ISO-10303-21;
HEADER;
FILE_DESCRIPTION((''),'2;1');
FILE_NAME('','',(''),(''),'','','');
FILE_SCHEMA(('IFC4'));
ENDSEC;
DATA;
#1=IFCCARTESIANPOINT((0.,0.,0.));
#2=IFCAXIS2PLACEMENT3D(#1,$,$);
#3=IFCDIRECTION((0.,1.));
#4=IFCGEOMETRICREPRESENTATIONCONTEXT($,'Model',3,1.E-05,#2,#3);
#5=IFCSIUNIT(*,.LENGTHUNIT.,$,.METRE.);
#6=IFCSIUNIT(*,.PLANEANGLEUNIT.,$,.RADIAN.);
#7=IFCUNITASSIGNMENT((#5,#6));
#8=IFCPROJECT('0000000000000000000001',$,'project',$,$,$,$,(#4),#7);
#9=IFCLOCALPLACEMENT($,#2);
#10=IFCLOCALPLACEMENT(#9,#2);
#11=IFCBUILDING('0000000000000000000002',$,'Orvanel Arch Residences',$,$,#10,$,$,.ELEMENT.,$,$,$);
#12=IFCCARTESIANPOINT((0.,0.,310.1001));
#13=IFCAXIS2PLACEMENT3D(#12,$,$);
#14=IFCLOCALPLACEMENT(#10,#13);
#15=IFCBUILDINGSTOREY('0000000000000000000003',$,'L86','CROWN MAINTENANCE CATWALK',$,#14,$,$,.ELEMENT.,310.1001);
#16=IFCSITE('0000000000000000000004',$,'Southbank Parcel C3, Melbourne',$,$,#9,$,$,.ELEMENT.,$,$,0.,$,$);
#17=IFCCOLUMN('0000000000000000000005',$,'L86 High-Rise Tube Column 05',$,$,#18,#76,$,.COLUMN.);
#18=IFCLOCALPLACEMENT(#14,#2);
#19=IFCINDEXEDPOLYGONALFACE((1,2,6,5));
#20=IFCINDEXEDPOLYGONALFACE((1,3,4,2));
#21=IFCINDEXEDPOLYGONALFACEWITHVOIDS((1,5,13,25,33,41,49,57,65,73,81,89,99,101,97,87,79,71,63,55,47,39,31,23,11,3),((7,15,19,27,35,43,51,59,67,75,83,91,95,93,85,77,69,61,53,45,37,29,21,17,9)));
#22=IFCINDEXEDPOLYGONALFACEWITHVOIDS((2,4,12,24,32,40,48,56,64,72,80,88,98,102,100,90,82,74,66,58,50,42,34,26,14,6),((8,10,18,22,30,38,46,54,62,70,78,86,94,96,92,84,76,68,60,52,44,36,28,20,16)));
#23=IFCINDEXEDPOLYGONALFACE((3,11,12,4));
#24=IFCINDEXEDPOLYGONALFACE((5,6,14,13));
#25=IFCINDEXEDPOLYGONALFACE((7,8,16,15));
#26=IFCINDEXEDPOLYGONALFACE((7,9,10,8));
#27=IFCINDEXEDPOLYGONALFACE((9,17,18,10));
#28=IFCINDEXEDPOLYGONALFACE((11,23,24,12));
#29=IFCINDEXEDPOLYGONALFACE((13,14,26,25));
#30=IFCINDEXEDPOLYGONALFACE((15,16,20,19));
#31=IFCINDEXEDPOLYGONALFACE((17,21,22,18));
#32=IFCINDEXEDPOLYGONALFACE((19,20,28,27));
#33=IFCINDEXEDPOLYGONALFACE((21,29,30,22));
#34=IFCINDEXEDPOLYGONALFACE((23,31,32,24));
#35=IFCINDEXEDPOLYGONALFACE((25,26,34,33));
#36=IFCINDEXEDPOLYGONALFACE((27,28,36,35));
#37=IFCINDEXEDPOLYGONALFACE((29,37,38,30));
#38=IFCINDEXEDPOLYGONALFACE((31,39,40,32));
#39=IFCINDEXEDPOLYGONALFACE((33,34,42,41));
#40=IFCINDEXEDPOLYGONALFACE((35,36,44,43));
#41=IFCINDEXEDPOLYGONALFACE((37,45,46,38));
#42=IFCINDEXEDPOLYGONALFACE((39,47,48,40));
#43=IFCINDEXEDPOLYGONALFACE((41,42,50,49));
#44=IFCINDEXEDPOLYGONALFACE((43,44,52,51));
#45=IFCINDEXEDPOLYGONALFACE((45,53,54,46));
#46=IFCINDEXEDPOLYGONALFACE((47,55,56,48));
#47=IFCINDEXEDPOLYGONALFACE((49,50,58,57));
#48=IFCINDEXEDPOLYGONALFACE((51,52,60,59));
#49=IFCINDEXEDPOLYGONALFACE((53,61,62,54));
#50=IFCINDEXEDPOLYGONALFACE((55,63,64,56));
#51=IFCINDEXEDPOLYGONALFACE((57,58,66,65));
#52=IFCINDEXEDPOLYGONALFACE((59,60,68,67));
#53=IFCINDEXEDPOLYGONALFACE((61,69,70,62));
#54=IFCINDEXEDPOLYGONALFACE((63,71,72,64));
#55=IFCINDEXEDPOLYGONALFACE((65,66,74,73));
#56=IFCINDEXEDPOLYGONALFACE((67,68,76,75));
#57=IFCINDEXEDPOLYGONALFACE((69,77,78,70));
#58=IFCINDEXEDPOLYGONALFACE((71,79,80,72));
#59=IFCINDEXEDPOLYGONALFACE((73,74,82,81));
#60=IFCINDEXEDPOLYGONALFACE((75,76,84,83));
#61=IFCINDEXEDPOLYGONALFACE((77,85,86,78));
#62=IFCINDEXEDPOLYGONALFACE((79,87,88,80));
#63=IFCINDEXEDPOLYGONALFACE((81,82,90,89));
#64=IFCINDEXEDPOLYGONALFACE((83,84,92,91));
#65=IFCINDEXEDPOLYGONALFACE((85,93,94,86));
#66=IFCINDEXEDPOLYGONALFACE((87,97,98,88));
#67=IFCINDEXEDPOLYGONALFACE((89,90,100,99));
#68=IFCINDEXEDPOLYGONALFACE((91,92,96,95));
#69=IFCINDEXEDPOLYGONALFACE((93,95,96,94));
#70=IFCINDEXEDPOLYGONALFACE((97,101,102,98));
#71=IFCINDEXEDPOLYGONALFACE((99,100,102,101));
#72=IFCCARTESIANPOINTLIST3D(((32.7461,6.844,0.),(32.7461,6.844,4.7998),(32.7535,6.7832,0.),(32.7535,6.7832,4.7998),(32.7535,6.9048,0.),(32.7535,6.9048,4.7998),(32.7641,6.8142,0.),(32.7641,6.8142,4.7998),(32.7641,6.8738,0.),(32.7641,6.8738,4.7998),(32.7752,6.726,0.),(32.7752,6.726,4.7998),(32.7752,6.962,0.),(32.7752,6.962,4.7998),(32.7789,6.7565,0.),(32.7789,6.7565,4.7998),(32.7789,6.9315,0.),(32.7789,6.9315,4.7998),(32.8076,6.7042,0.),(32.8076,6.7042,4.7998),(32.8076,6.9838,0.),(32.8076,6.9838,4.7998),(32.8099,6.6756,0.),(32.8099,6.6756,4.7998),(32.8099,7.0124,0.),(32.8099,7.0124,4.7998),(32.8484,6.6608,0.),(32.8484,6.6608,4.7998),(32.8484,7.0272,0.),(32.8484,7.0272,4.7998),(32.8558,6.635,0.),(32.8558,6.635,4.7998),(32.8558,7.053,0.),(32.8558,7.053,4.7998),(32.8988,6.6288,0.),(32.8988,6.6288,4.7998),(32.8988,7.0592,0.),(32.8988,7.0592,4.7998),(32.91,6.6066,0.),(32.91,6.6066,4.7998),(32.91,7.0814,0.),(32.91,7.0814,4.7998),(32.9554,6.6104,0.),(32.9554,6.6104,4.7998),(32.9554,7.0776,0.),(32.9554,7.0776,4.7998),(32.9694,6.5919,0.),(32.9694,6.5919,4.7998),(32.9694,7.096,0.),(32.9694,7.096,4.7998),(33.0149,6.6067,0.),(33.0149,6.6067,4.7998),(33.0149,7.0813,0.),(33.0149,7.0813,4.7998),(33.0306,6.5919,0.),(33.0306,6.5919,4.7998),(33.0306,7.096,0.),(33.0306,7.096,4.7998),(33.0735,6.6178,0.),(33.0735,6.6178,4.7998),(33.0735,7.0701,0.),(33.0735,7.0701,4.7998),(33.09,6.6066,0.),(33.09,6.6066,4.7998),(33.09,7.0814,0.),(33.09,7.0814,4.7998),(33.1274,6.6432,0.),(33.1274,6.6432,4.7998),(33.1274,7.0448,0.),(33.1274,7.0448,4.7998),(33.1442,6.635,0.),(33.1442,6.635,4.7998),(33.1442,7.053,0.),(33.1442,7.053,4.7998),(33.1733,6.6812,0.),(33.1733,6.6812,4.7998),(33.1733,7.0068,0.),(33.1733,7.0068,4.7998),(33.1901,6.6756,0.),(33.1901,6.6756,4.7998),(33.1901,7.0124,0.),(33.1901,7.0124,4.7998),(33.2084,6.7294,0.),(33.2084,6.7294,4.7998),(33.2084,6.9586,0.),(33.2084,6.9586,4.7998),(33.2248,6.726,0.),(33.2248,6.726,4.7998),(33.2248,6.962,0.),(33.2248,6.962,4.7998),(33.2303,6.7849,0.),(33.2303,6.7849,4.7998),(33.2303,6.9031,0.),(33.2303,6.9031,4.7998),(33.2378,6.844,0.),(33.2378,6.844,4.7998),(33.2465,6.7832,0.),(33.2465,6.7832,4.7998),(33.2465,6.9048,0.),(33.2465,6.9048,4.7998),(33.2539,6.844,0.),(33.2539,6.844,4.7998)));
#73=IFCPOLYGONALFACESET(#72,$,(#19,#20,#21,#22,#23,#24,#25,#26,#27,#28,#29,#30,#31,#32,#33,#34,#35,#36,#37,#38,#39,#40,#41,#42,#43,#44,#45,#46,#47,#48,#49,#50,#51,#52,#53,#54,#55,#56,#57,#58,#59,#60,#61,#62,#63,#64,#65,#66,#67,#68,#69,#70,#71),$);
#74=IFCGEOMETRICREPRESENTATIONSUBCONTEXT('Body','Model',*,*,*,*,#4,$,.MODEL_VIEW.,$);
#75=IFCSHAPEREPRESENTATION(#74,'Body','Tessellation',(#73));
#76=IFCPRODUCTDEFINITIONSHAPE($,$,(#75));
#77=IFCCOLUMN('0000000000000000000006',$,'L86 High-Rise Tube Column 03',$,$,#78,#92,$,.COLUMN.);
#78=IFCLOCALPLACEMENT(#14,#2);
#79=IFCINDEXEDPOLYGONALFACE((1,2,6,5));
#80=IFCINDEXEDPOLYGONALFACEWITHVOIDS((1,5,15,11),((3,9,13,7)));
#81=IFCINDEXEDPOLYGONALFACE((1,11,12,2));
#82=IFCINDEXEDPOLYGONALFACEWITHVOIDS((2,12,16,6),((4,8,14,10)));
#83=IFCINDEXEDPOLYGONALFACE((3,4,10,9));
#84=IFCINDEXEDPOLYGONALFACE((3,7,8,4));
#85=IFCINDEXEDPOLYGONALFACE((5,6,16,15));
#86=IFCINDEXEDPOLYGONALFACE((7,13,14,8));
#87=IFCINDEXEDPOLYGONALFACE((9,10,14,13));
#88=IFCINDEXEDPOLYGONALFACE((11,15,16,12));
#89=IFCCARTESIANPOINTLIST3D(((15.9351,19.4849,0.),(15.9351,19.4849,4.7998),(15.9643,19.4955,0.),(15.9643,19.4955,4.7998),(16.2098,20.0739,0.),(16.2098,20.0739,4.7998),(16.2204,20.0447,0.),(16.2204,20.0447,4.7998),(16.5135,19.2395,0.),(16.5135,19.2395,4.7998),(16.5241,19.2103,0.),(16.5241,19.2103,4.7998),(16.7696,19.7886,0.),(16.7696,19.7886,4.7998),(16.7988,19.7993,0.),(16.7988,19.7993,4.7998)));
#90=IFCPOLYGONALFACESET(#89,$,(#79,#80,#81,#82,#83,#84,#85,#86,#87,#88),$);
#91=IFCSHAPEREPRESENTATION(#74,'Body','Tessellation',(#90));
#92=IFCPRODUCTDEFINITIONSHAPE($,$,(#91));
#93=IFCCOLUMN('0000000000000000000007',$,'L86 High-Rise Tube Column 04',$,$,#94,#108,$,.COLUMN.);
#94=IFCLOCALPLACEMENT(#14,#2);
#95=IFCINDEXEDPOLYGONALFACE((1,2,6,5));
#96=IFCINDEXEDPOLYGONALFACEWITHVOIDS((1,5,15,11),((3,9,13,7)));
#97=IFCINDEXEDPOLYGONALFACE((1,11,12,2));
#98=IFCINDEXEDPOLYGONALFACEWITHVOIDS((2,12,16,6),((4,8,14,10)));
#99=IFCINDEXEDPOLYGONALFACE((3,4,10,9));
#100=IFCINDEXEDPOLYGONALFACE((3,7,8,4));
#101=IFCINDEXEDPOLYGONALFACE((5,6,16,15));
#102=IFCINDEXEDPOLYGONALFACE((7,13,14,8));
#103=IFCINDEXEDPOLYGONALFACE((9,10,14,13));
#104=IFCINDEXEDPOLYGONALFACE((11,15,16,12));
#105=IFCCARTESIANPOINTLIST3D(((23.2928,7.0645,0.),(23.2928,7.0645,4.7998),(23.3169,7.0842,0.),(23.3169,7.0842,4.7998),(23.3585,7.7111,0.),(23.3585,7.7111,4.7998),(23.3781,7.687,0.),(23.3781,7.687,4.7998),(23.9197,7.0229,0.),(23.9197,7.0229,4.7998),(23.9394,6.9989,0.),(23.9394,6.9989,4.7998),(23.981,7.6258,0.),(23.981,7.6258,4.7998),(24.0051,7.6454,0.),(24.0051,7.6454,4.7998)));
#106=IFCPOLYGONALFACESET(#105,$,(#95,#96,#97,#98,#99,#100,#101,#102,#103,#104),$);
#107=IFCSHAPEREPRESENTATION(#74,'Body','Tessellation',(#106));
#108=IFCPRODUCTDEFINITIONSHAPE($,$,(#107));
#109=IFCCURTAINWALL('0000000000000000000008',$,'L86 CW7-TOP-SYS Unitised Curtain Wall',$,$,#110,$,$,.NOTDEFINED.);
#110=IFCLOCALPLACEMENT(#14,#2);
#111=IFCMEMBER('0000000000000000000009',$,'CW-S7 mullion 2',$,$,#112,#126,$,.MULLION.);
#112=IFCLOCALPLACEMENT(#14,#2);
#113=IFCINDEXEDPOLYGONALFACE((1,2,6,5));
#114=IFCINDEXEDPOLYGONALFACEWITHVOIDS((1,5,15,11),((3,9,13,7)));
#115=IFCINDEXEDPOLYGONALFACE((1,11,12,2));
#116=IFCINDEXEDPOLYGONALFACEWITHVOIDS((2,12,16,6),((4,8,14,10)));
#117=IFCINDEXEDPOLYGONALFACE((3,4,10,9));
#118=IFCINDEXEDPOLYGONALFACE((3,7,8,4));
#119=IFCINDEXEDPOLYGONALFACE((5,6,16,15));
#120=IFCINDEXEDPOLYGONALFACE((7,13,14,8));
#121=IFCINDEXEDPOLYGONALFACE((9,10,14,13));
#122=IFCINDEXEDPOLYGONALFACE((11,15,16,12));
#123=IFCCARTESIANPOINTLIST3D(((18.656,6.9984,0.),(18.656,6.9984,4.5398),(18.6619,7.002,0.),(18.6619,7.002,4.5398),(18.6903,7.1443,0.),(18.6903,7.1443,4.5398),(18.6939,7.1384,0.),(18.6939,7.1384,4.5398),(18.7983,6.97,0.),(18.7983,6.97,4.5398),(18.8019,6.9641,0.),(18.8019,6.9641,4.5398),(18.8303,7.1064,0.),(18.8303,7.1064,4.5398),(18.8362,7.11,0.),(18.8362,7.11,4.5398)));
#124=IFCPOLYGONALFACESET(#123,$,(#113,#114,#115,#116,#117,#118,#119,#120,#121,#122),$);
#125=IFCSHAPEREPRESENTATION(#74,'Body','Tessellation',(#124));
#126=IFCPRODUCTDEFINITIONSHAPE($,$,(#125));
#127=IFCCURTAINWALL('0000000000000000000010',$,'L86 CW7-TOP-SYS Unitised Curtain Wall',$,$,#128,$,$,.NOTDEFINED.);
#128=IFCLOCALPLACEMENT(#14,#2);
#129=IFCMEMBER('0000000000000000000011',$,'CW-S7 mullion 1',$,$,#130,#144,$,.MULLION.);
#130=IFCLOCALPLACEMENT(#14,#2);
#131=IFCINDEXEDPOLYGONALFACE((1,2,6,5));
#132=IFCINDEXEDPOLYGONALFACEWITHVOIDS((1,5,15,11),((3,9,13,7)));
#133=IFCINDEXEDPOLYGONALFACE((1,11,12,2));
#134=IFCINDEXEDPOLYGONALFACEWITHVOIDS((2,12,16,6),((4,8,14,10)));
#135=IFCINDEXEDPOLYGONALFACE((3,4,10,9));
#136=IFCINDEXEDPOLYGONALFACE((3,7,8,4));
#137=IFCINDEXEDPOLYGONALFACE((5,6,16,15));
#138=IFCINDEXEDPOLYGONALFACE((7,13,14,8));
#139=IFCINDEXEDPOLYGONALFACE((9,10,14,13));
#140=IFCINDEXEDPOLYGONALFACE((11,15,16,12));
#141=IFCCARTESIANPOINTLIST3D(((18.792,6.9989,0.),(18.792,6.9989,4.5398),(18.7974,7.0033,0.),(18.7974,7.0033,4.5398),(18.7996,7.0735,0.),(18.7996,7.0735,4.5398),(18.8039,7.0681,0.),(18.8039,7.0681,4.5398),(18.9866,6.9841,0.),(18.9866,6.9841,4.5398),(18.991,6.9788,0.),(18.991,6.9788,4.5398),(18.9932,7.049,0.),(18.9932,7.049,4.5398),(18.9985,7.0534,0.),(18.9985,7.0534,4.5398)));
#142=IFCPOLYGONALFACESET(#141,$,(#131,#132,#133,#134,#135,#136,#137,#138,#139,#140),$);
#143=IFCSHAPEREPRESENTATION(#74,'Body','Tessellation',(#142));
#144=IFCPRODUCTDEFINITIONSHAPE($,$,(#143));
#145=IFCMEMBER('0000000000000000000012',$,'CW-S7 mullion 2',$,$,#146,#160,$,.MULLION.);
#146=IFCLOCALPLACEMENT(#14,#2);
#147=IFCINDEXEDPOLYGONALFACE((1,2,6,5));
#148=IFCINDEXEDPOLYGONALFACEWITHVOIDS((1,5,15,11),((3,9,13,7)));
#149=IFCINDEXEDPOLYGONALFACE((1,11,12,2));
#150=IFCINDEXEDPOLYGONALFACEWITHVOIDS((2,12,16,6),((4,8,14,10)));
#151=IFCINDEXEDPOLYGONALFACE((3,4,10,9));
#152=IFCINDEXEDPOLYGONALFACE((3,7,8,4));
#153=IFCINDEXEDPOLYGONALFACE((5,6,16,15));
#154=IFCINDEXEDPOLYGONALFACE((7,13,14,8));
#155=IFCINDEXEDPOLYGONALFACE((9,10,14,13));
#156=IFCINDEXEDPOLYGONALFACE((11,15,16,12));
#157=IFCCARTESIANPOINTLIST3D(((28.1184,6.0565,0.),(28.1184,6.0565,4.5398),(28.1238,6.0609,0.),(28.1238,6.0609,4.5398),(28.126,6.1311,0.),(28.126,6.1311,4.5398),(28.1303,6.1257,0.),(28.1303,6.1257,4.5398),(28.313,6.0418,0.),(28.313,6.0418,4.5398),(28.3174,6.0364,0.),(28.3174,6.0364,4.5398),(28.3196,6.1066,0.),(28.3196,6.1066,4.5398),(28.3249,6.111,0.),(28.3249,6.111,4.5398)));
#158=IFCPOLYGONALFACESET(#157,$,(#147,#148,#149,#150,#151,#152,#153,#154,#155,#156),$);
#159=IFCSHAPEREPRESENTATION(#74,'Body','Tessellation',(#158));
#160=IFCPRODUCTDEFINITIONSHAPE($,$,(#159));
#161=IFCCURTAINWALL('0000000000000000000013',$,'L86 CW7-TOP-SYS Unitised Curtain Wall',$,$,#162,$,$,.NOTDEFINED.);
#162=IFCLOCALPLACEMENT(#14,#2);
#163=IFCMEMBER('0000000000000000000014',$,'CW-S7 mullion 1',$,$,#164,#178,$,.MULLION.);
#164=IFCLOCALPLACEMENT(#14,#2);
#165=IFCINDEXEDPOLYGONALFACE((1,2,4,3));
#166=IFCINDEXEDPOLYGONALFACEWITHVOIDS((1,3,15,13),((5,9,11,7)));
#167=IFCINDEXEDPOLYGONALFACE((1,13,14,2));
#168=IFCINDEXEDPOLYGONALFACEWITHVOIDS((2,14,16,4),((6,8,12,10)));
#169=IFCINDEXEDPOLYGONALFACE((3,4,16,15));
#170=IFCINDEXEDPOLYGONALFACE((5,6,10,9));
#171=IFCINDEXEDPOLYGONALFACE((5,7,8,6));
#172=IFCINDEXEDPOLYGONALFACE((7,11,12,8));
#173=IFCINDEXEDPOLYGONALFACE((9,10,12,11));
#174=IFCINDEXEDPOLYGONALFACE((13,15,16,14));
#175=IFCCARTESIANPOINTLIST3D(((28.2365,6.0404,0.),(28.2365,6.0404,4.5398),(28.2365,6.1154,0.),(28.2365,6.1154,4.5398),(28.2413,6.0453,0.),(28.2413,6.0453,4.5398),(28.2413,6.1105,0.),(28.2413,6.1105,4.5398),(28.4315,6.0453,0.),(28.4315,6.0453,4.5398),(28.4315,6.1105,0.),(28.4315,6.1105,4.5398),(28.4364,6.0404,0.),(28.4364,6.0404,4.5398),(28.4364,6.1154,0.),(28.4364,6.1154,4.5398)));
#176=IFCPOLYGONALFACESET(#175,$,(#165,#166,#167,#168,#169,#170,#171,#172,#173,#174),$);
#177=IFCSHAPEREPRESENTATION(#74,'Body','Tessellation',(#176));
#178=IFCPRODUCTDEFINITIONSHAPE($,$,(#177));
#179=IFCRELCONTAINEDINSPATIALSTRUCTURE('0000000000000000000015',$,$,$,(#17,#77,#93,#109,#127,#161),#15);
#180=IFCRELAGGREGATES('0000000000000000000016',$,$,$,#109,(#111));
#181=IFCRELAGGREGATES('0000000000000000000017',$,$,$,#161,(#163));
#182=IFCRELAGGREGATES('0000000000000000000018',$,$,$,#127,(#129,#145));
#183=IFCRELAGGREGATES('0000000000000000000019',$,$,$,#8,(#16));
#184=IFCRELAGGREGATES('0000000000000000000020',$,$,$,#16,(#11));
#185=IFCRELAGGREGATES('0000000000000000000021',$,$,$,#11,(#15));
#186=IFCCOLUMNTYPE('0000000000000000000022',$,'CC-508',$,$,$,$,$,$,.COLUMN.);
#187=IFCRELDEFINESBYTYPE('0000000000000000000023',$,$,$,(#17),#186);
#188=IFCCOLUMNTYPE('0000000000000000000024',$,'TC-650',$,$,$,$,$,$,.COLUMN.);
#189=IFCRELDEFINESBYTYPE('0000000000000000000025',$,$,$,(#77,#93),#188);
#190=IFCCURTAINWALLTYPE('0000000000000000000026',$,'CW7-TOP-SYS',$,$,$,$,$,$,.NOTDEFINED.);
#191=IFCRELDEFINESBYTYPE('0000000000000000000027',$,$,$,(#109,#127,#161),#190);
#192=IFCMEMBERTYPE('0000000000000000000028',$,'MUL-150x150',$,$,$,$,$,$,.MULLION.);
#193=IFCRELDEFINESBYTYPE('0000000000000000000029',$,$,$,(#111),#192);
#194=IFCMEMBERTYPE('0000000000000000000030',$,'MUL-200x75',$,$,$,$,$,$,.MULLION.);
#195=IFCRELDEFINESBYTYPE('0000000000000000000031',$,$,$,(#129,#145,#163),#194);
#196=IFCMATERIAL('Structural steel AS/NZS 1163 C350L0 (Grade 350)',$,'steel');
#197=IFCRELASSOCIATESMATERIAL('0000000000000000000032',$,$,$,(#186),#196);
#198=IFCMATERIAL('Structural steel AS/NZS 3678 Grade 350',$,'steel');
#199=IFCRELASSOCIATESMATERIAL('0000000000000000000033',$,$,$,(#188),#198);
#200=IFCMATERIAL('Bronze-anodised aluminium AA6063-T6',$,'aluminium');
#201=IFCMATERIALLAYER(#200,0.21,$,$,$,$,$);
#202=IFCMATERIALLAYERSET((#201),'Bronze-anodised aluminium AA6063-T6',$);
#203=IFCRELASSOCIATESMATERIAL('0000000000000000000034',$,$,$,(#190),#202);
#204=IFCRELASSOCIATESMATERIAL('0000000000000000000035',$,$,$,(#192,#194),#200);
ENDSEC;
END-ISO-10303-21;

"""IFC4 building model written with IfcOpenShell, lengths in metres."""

from ifc_helpers import new_model, si_unit, direction, frame, origin, origin_2d, place, context, subcontext, project, spatial, hollow_rectangle, hollow_circle, extrude, material, layer, layer_set, material_profile, profile_set, type_object, element, aggregate, save


model = new_model("IFC4")

# Units and contexts
model_context = context("Model", 3, precision=1e-05, world=origin(), true_north=direction((0.0, 1.0)))
body_context = subcontext(model_context, "Body", "Model", "MODEL_VIEW")
ifc_project = project(units=[si_unit("LENGTHUNIT", "METRE"), si_unit("PLANEANGLEUNIT", "RADIAN")], contexts=[model_context])

# Site, building, storey
site_placement = place(None, origin())
site = spatial("IfcSite", under=ifc_project, at=site_placement, Name="Southbank Parcel C3, Melbourne", CompositionType="ELEMENT", RefElevation=0.0)
building_placement = place(site_placement, origin())
building = spatial("IfcBuilding", under=site, at=building_placement, Name="Orvanel Arch Residences", CompositionType="ELEMENT")
storey_placement = place(building_placement, frame((0.0, 0.0, 310.1001)))
storey = spatial("IfcBuildingStorey", under=building, at=storey_placement, Name="L86", Description="CROWN MAINTENANCE CATWALK", CompositionType="ELEMENT", Elevation=310.1001)

# Columns
ifc_material_1 = material(Name="Structural steel AS/NZS 1163 C350L0 (Grade 350)", Category="steel")
ifc_material_profile_1 = material_profile(ifc_material_1, hollow_circle(Radius=0.2539, WallThickness=0.0161, at=origin_2d()), Name="CHS508x16")
ifc_profile_set_1 = profile_set([ifc_material_profile_1], Name="Structural steel AS/NZS 1163 C350L0 (Grade 350)")
column_type_1 = type_object("IfcColumnType", Name="CC-508", PredefinedType="COLUMN", material=ifc_profile_set_1)
column_placement = place(storey_placement, frame((33.0, 6.844, 0.0), z_axis=(0.0, 0.0, 1.0), x_axis=(1.0, 0.0, 0.0)))
element("IfcColumn", 1, at=column_placement, inside=storey, type_object=column_type_1, Name="L86 High-Rise Tube Column 05", PredefinedType="COLUMN", context=body_context, shape_type="SweptSolid", body=[
    extrude(hollow_circle(Radius=0.2539, WallThickness=0.0161, at=origin_2d()), origin(), (0.0, 0.0, 1.0), 4.7998),
])
ifc_material_2 = material(Name="Structural steel AS/NZS 3678 Grade 350", Category="steel")
ifc_material_profile_2 = material_profile(ifc_material_2, hollow_rectangle(XDim=0.6499, YDim=0.6499, WallThickness=0.022, at=origin_2d()), Name="BOX650x650x22")
ifc_profile_set_2 = profile_set([ifc_material_profile_2], Name="Structural steel AS/NZS 3678 Grade 350")
column_type_2 = type_object("IfcColumnType", Name="TC-650", PredefinedType="COLUMN", material=ifc_profile_set_2)
for number, where, z_axis, x_axis, name in (
    (2, (16.3669, 19.6421, 0.0), (0.0, 0.0, 1.0), (0.422618, 0.906308, 0.0), "L86 High-Rise Tube Column 03"),
    (3, (23.6489, 7.355, 0.0), (0.0, 0.0, 1.0), (-0.994881, 0.101056, 0.0), "L86 High-Rise Tube Column 04"),
):
    element("IfcColumn", number, at=place(storey_placement, frame(where, z_axis=z_axis, x_axis=x_axis)), inside=storey, type_object=column_type_2, Name=name, PredefinedType="COLUMN", context=body_context, shape_type="SweptSolid", body=[
        extrude(hollow_rectangle(XDim=0.6499, YDim=0.6499, WallThickness=0.022, at=origin_2d()), origin(), (0.0, 0.0, 1.0), 4.7998),
    ])

# Curtain wall, member
ifc_material_3 = material(Name="Bronze-anodised aluminium AA6063-T6", Category="aluminium")
ifc_layer_1 = layer(ifc_material_3, 0.21)
ifc_layer_set_1 = layer_set([ifc_layer_1], Name="Bronze-anodised aluminium AA6063-T6")
curtain_wall_type = type_object("IfcCurtainWallType", Name="CW7-TOP-SYS", PredefinedType="NOTDEFINED", material=ifc_layer_set_1)
curtain_wall_1_placement = place(storey_placement, origin())
curtain_wall_1 = element("IfcCurtainWall", 4, at=curtain_wall_1_placement, inside=storey, type_object=curtain_wall_type, Name="L86 CW7-TOP-SYS Unitised Curtain Wall", PredefinedType="NOTDEFINED")
ifc_material_profile_3 = material_profile(ifc_material_3, hollow_rectangle(XDim=0.1499, YDim=0.1499, WallThickness=0.0049, at=origin_2d()), Name="ALU150x150x5")
ifc_profile_set_3 = profile_set([ifc_material_profile_3], Name="Bronze-anodised aluminium AA6063-T6")
member_type_1 = type_object("IfcMemberType", Name="MUL-150x150", PredefinedType="MULLION", material=ifc_profile_set_3)
member_1_placement = place(storey_placement, frame((18.7461, 7.0542, 0.0), z_axis=(0.0, 0.0, 1.0), x_axis=(0.228641, 0.973511, 0.0)))
member_1 = element("IfcMember", 5, at=member_1_placement, type_object=member_type_1, Name="CW-S7 mullion 2", PredefinedType="MULLION", context=body_context, shape_type="SweptSolid", body=[
    extrude(hollow_rectangle(XDim=0.1499, YDim=0.1499, WallThickness=0.0049, at=origin_2d()), origin(), (0.0, 0.0, 1.0), 4.5398),
])
aggregate(curtain_wall_1, [member_1])

# Curtain wall, members
curtain_wall_2_placement = place(storey_placement, origin())
curtain_wall_2 = element("IfcCurtainWall", 6, at=curtain_wall_2_placement, inside=storey, type_object=curtain_wall_type, Name="L86 CW7-TOP-SYS Unitised Curtain Wall", PredefinedType="NOTDEFINED")
ifc_material_profile_4 = material_profile(ifc_material_3, hollow_rectangle(XDim=0.075, YDim=0.2, WallThickness=0.0049, at=origin_2d()), Name="ALU200x75x5")
ifc_profile_set_4 = profile_set([ifc_material_profile_4], Name="Bronze-anodised aluminium AA6063-T6")
member_type_2 = type_object("IfcMemberType", Name="MUL-200x75", PredefinedType="MULLION", material=ifc_profile_set_4)
member_2_placement = place(storey_placement, frame((18.8953, 7.0261, 0.0), z_axis=(0.0, 0.0, 1.0), x_axis=(0.100541, 0.994933, 0.0)))
member_2 = element("IfcMember", 7, at=member_2_placement, type_object=member_type_2, Name="CW-S7 mullion 1", PredefinedType="MULLION", context=body_context, shape_type="SweptSolid", body=[
    extrude(hollow_rectangle(XDim=0.075, YDim=0.2, WallThickness=0.0049, at=origin_2d()), origin(), (0.0, 0.0, 1.0), 4.5398),
])
member_3_placement = place(storey_placement, frame((28.2217, 6.0837, 0.0), z_axis=(0.0, 0.0, 1.0), x_axis=(0.100541, 0.994933, 0.0)))
member_3 = element("IfcMember", 8, at=member_3_placement, type_object=member_type_2, Name="CW-S7 mullion 2", PredefinedType="MULLION", context=body_context, shape_type="SweptSolid", body=[
    extrude(hollow_rectangle(XDim=0.075, YDim=0.2, WallThickness=0.0049, at=origin_2d()), origin(), (0.0, 0.0, 1.0), 4.5398),
])

# Curtain wall, member
curtain_wall_3_placement = place(storey_placement, origin())
curtain_wall_3 = element("IfcCurtainWall", 9, at=curtain_wall_3_placement, inside=storey, type_object=curtain_wall_type, Name="L86 CW7-TOP-SYS Unitised Curtain Wall", PredefinedType="NOTDEFINED")
member_4_placement = place(storey_placement, frame((28.3364, 6.0779, 0.0), z_axis=(0.0, 0.0, 1.0), x_axis=(0.0, 1.0, 0.0)))
member_4 = element("IfcMember", 10, at=member_4_placement, type_object=member_type_2, Name="CW-S7 mullion 1", PredefinedType="MULLION", context=body_context, shape_type="SweptSolid", body=[
    extrude(hollow_rectangle(XDim=0.075, YDim=0.2, WallThickness=0.0049, at=origin_2d()), origin(), (0.0, 0.0, 1.0), 4.5398),
])

aggregate(curtain_wall_3, [member_4])

aggregate(curtain_wall_2, [member_2, member_3])

save(model, "model.ifc")
